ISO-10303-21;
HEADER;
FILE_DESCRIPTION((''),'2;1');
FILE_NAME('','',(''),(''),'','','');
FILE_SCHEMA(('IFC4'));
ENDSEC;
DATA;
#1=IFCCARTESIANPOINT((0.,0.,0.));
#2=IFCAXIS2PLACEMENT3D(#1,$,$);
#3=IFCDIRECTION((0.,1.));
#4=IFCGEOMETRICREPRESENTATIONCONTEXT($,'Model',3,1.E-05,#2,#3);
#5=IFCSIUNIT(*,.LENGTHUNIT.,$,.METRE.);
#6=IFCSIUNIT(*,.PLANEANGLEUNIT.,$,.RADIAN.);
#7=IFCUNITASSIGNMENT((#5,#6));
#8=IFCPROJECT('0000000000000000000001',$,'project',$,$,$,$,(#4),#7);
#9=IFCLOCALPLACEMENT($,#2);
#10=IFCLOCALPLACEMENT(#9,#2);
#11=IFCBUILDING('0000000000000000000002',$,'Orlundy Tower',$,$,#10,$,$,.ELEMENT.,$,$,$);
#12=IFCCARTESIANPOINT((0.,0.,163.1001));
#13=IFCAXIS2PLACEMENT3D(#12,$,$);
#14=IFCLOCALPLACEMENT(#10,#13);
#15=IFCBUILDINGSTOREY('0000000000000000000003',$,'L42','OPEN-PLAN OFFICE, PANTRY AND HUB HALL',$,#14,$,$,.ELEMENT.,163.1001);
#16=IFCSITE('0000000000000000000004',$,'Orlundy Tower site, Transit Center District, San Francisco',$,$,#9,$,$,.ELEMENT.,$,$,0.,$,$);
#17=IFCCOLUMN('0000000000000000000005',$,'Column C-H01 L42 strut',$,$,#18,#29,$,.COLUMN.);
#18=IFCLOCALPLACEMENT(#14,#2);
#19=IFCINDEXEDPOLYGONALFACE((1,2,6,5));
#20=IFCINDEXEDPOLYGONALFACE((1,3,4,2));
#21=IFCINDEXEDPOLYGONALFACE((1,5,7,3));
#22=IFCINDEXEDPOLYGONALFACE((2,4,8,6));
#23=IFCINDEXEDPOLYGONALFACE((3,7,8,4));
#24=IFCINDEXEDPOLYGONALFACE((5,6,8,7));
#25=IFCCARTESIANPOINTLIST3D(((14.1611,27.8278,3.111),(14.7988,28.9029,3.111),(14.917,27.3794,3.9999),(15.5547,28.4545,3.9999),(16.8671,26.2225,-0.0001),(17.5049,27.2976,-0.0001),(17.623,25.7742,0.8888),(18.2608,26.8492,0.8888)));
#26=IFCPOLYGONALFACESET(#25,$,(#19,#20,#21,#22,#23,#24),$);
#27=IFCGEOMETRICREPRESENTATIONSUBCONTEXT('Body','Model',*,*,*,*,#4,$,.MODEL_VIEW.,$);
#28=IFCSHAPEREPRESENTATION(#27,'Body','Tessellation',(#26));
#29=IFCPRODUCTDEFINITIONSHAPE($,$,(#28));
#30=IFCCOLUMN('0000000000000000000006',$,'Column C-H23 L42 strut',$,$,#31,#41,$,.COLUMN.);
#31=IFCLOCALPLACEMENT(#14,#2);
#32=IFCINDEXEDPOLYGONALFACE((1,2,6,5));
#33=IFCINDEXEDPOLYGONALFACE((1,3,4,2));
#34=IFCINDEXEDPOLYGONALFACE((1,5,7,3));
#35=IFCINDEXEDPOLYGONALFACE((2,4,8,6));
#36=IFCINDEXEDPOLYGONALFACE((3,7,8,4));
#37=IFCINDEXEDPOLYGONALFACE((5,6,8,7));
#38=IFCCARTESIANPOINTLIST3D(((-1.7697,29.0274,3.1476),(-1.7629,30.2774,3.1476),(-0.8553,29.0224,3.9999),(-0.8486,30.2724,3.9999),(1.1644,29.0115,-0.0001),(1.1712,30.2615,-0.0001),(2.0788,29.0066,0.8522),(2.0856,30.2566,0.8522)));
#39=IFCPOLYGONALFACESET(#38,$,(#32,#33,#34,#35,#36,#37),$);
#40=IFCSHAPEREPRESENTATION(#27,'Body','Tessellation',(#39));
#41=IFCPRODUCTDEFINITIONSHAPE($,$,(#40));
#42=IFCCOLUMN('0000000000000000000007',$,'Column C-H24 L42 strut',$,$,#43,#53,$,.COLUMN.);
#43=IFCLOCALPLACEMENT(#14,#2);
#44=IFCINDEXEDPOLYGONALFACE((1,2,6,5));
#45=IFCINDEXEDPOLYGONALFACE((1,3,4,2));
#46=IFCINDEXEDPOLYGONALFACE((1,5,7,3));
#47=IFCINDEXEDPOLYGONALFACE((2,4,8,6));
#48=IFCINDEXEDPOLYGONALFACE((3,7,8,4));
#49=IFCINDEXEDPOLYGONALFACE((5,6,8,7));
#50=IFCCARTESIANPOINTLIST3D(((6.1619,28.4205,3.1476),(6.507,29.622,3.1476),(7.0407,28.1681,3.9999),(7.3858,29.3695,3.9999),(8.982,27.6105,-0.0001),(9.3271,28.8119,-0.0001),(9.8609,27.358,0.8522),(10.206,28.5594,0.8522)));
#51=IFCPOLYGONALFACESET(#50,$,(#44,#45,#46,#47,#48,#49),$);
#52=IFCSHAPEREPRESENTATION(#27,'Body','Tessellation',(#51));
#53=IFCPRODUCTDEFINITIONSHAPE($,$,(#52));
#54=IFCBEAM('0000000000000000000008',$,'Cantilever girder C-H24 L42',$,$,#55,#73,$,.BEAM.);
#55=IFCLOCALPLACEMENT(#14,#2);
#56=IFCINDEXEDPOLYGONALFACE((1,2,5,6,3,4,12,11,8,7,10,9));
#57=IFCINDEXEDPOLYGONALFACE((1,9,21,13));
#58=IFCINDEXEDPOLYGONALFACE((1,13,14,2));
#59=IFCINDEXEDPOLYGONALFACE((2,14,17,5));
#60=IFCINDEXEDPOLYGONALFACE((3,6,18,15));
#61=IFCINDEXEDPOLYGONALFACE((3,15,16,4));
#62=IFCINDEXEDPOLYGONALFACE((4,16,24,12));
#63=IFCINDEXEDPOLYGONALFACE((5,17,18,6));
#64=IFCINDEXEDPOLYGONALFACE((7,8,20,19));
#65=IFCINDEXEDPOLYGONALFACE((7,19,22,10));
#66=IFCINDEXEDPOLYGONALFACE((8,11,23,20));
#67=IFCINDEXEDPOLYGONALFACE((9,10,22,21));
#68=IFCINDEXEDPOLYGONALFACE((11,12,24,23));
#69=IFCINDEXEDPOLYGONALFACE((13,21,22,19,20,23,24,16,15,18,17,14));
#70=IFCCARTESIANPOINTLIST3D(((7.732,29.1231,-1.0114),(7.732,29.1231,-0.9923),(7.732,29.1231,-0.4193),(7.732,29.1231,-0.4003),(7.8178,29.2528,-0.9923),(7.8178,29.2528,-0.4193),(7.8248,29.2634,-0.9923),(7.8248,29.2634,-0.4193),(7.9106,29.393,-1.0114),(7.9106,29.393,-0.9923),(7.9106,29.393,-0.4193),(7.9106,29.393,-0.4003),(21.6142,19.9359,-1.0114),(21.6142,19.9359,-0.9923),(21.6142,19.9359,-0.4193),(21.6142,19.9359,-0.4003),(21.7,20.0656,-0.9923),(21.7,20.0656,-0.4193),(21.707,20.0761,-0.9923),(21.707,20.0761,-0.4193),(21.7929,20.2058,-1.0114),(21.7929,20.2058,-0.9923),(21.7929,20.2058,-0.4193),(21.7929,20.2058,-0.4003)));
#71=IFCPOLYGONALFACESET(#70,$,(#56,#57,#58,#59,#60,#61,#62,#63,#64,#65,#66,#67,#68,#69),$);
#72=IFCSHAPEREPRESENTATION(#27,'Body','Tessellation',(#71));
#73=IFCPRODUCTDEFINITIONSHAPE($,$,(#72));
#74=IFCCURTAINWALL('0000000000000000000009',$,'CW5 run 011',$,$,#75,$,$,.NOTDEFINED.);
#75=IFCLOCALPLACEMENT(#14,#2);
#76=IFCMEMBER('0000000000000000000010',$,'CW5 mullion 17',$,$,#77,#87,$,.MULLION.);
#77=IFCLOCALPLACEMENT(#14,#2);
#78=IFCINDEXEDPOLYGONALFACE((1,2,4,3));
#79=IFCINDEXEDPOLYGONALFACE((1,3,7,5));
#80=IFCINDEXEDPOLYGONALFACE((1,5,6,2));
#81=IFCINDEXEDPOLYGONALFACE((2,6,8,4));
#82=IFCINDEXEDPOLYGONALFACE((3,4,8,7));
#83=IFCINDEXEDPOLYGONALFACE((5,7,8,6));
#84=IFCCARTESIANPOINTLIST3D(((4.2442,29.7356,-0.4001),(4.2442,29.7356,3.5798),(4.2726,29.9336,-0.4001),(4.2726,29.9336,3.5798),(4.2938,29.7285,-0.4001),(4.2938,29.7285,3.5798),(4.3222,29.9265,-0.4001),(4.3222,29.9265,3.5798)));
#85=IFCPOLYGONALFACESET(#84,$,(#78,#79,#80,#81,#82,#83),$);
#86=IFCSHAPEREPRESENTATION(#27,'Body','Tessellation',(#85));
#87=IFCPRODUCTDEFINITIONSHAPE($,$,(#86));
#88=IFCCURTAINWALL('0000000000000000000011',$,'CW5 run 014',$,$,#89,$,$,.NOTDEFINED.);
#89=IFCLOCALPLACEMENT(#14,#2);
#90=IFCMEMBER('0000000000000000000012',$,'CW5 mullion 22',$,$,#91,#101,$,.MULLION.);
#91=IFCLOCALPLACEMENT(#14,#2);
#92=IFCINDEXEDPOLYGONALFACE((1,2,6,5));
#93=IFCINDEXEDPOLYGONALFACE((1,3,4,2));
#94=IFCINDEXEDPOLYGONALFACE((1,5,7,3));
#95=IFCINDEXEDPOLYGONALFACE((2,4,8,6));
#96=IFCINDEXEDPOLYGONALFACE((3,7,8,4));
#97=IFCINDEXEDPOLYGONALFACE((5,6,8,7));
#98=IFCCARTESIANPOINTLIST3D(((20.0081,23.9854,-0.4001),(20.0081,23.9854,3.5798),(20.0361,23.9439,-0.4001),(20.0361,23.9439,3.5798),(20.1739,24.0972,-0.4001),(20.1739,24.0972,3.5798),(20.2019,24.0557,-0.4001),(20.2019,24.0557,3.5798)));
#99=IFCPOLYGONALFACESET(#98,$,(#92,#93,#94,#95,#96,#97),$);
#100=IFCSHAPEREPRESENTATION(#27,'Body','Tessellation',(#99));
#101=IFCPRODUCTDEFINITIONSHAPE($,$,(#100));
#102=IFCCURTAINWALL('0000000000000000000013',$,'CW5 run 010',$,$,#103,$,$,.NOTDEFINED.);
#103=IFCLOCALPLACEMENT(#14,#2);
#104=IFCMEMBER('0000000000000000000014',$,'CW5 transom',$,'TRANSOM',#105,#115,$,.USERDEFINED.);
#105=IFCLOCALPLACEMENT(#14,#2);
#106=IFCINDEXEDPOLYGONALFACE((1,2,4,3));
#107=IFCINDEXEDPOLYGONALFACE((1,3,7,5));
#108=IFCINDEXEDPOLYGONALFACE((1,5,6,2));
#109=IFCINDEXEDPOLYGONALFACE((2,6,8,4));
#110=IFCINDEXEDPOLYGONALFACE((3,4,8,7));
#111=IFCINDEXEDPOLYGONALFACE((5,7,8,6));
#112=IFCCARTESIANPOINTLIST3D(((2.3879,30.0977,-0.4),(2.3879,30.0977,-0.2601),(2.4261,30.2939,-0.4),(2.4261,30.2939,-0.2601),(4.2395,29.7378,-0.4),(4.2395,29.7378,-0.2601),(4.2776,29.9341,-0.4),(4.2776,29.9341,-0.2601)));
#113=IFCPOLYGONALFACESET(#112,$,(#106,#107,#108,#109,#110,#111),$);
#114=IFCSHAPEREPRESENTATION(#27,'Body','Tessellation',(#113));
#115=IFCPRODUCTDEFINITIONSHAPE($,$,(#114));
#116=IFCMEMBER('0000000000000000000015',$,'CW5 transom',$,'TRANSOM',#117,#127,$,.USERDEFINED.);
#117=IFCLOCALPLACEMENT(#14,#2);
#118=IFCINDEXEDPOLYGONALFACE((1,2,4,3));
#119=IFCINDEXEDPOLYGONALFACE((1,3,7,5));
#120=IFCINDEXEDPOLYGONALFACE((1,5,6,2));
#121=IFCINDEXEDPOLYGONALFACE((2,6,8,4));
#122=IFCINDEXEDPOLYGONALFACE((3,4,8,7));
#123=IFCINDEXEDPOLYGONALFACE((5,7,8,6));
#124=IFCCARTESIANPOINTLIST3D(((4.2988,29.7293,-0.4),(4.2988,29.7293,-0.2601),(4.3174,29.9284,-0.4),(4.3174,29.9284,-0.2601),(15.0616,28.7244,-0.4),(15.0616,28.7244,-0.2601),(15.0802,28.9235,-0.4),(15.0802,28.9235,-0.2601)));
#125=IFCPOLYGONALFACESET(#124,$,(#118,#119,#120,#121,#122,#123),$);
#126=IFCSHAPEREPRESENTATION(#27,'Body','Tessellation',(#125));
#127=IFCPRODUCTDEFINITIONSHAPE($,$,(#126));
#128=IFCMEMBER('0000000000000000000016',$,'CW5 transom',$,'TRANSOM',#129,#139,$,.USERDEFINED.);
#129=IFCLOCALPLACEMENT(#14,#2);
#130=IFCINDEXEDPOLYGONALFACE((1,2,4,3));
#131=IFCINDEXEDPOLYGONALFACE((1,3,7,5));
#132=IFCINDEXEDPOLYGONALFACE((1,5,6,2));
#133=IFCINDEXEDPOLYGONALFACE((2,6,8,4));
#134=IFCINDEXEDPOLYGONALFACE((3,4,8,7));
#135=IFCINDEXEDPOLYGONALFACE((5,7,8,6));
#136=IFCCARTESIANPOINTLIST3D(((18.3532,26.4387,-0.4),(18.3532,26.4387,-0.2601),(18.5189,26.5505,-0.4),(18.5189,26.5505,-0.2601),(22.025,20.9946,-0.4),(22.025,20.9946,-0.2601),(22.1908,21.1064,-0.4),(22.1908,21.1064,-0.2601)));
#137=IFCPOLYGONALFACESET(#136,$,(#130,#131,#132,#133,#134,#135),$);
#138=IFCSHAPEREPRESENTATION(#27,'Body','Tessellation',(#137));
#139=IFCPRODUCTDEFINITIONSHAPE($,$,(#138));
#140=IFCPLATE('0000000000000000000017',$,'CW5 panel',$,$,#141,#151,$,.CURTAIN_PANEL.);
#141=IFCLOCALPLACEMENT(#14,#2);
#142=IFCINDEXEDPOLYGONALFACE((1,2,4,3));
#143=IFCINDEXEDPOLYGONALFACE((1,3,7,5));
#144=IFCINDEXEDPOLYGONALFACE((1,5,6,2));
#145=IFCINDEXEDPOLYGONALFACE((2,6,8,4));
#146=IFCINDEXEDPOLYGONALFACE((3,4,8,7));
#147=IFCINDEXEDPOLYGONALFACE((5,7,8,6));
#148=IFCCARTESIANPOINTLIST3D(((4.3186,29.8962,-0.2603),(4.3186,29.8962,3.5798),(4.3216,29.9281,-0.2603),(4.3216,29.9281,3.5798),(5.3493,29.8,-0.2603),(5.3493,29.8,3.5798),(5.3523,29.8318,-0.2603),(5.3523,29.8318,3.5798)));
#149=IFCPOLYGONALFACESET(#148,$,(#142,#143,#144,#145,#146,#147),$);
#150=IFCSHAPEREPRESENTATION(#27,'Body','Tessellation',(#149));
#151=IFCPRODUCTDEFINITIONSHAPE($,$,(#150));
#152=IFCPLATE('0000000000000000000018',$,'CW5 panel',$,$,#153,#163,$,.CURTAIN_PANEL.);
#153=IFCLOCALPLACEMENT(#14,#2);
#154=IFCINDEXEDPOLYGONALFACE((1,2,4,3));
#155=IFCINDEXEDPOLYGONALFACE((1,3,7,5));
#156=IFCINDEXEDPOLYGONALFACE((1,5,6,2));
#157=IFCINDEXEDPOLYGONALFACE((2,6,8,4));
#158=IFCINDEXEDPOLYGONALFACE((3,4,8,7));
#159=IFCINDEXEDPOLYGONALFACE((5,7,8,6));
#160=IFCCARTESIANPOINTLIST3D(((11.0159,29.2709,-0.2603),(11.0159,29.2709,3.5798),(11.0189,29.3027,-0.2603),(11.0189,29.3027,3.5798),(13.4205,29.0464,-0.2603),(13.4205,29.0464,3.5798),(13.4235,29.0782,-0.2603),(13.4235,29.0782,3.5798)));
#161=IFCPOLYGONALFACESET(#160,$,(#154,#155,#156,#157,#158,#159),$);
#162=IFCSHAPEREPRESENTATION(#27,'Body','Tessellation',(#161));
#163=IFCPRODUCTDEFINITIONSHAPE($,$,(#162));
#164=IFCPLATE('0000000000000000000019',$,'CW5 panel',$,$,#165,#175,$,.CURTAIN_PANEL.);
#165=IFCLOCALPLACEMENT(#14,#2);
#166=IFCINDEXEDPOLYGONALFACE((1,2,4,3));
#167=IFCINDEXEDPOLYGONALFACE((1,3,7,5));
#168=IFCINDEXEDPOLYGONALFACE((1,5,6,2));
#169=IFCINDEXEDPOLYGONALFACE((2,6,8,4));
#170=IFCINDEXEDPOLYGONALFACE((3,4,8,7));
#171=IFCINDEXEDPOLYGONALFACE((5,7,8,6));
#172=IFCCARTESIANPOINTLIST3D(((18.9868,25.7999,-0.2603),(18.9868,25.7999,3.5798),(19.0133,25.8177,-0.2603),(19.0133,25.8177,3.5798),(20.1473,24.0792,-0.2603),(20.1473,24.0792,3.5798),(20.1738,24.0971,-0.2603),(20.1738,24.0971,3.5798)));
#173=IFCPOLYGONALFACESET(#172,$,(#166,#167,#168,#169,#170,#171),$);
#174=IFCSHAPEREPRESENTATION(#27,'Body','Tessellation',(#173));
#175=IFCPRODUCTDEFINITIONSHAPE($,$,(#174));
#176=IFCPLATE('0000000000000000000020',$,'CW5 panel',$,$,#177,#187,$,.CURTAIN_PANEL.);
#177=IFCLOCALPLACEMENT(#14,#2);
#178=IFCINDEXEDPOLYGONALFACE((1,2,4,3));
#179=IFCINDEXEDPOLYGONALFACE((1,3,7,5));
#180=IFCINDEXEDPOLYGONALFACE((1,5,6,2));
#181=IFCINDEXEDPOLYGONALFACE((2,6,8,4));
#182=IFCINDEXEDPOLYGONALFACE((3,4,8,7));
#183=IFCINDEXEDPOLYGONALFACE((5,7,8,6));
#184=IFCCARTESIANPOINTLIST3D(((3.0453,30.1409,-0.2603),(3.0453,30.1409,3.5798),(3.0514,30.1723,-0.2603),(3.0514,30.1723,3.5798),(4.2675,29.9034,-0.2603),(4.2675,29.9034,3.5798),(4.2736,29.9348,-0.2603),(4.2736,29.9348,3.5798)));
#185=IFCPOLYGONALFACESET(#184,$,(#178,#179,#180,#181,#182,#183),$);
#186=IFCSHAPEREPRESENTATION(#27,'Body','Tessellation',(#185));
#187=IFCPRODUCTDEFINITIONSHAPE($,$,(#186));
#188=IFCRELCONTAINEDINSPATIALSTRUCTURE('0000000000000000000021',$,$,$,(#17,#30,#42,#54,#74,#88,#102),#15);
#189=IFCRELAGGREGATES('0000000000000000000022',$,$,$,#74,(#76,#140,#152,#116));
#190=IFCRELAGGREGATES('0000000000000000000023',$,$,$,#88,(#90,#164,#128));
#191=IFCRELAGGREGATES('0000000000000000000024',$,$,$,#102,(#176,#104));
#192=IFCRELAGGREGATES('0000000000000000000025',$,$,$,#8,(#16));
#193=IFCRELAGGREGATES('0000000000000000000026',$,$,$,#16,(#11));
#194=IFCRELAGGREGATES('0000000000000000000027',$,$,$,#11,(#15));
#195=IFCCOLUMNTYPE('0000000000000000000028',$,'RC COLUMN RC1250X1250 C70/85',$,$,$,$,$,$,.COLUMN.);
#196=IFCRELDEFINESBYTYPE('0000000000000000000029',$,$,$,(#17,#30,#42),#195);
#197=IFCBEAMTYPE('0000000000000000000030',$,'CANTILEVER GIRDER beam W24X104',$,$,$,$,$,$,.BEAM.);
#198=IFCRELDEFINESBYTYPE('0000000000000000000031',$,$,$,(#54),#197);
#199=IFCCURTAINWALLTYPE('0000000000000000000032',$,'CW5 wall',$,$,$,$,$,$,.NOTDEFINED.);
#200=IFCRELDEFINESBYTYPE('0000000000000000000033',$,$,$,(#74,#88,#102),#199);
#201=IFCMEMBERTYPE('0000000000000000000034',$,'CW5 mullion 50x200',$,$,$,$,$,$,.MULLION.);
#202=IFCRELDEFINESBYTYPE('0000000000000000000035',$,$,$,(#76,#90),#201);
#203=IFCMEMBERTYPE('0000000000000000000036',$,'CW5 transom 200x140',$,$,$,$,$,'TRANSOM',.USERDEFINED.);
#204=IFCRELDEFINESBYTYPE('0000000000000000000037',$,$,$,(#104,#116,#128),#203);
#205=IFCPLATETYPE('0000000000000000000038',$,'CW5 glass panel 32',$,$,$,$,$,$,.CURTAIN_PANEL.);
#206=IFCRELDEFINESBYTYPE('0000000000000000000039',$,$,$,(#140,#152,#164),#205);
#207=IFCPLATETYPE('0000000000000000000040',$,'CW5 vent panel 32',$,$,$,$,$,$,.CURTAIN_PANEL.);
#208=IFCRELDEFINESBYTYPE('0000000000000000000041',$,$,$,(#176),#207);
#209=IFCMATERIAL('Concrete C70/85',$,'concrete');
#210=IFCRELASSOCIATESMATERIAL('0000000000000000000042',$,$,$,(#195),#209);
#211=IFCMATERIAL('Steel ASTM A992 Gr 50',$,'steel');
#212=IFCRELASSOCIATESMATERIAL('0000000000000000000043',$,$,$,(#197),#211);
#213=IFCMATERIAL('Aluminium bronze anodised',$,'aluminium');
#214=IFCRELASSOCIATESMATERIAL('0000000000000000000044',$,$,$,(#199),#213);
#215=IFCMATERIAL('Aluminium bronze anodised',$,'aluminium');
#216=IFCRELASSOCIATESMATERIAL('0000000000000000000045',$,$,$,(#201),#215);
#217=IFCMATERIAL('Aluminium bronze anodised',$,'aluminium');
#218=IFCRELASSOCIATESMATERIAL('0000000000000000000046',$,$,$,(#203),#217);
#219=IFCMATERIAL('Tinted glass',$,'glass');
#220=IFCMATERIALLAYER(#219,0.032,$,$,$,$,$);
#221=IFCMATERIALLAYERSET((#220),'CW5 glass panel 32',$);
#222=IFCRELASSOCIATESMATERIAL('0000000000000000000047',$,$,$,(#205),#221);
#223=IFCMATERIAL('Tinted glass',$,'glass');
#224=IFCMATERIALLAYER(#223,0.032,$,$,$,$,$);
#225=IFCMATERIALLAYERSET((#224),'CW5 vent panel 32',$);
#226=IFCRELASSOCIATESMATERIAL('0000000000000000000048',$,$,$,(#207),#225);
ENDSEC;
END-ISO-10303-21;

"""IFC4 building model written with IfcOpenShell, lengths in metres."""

from ifc_helpers import new_model, si_unit, direction, frame, origin, origin_2d, place, context, subcontext, project, spatial, rectangle, i_section, extrude, material, layer, layer_set, material_profile, profile_set, type_object, element, aggregate, save


model = new_model("IFC4")

# Units and contexts
model_context = context("Model", 3, precision=1e-05, world=origin(), true_north=direction((0.0, 1.0)))
body_context = subcontext(model_context, "Body", "Model", "MODEL_VIEW")
ifc_project = project(units=[si_unit("LENGTHUNIT", "METRE"), si_unit("PLANEANGLEUNIT", "RADIAN")], contexts=[model_context])

# Site, building, storey
site_placement = place(None, origin())
site = spatial("IfcSite", under=ifc_project, at=site_placement, Name="Orlundy Tower site, Transit Center District, San Francisco", CompositionType="ELEMENT", RefElevation=0.0)
building_placement = place(site_placement, origin())
building = spatial("IfcBuilding", under=site, at=building_placement, Name="Orlundy Tower", CompositionType="ELEMENT")
storey_placement = place(building_placement, frame((0.0, 0.0, 163.1001)))
storey = spatial("IfcBuildingStorey", under=building, at=storey_placement, Name="L42", Description="OPEN-PLAN OFFICE, PANTRY AND HUB HALL", CompositionType="ELEMENT", Elevation=163.1001)

# Columns
ifc_material_1 = material(Name="Concrete C70/85", Category="concrete")
ifc_material_profile_1 = material_profile(ifc_material_1, rectangle(XDim=1.25, YDim=1.25, at=origin_2d()), Name="RC1250X1250")
ifc_profile_set_1 = profile_set([ifc_material_profile_1], Name="Concrete C70/85")
column_type = type_object("IfcColumnType", Name="RC COLUMN RC1250X1250 C70/85", PredefinedType="COLUMN", material=ifc_profile_set_1)
column_placement = place(storey_placement, frame((17.564, 26.5359, 0.4443), z_axis=(-0.611574, 0.362784, 0.703111), x_axis=(-0.510187, -0.860063, 0.0)))
element("IfcColumn", 1, at=column_placement, inside=storey, type_object=column_type, Name="Column C-H01 L42 strut", PredefinedType="COLUMN", context=body_context, shape_type="SweptSolid", body=[
    extrude(rectangle(XDim=1.25, YDim=1.25, at=origin_2d()), origin(), (0.0, 0.0, 1.0), 4.4248),
])
for number, where, z_axis, x_axis, name in (
    (2, (1.625, 29.634, 0.426), (-0.681844, 0.003688, 0.731488), (-0.005408, -0.999985, 0.0), "Column C-H23 L42 strut"),
    (3, (9.594, 28.085, 0.426), (-0.655351, 0.188248, 0.73149), (-0.276084, -0.961134, 0.0), "Column C-H24 L42 strut"),
):
    element("IfcColumn", number, at=place(storey_placement, frame(where, z_axis=z_axis, x_axis=x_axis)), inside=storey, type_object=column_type, Name=name, PredefinedType="COLUMN", context=body_context, shape_type="SweptSolid", body=[
        extrude(rectangle(XDim=1.25, YDim=1.25, at=origin_2d()), origin(), (0.0, 0.0, 1.0), 4.3032),
    ])

# Beam
ifc_material_2 = material(Name="Steel ASTM A992 Gr 50", Category="steel")
ifc_material_profile_2 = material_profile(ifc_material_2, i_section(OverallWidth=0.3237, OverallDepth=0.6111, WebThickness=0.0127, FlangeThickness=0.019, at=origin_2d()), Name="W24X104")
ifc_profile_set_2 = profile_set([ifc_material_profile_2], Name="Steel ASTM A992 Gr 50")
beam_type = type_object("IfcBeamType", Name="CANTILEVER GIRDER beam W24X104", PredefinedType="BEAM", material=ifc_profile_set_2)
beam_placement = place(storey_placement, frame((7.8213, 29.2581, -0.7058), z_axis=(0.83392, -0.551885, 0.0), x_axis=(0.551885, 0.83392, 0.0)))
element("IfcBeam", 4, at=beam_placement, inside=storey, type_object=beam_type, Name="Cantilever girder C-H24 L42", PredefinedType="BEAM", context=body_context, shape_type="SweptSolid", body=[
    extrude(i_section(OverallWidth=0.3237, OverallDepth=0.6111, WebThickness=0.0127, FlangeThickness=0.019, at=origin_2d()), origin(), (0.0, 0.0, 1.0), 16.647),
])

# Curtain walls, members
ifc_material_3 = material(Name="Aluminium bronze anodised", Category="aluminium")
curtain_wall_type = type_object("IfcCurtainWallType", Name="CW5 wall", PredefinedType="NOTDEFINED", material=ifc_material_3)
curtain_wall_1_placement = place(storey_placement, origin())
curtain_wall_1 = element("IfcCurtainWall", 5, at=curtain_wall_1_placement, inside=storey, type_object=curtain_wall_type, Name="CW5 run 011", PredefinedType="NOTDEFINED")
ifc_material_4 = material(Name="Aluminium bronze anodised", Category="aluminium")
ifc_material_profile_3 = material_profile(ifc_material_4, rectangle(XDim=0.2, YDim=0.05, at=origin_2d()), Name="CW5 mullion 50x200")
ifc_profile_set_3 = profile_set([ifc_material_profile_3], Name="Aluminium bronze anodised")
member_type_1 = type_object("IfcMemberType", Name="CW5 mullion 50x200", PredefinedType="MULLION", material=ifc_profile_set_3)
member_1_placement = place(storey_placement, frame((4.2832, 29.8311, -0.4001), z_axis=(0.0, 0.0, 1.0), x_axis=(0.142051, 0.989859, 0.0)))
member_1 = element("IfcMember", 6, at=member_1_placement, type_object=member_type_1, Name="CW5 mullion 17", PredefinedType="MULLION", context=body_context, shape_type="SweptSolid", body=[
    extrude(rectangle(XDim=0.2, YDim=0.05, at=origin_2d()), origin(), (0.0, 0.0, 1.0), 3.98),
])
curtain_wall_2_placement = place(storey_placement, origin())
curtain_wall_2 = element("IfcCurtainWall", 7, at=curtain_wall_2_placement, inside=storey, type_object=curtain_wall_type, Name="CW5 run 014", PredefinedType="NOTDEFINED")
member_2_placement = place(storey_placement, frame((20.105, 24.0205, -0.4001), z_axis=(0.0, 0.0, 1.0), x_axis=(0.829048, 0.559178, 0.0)))
member_2 = element("IfcMember", 8, at=member_2_placement, type_object=member_type_1, Name="CW5 mullion 22", PredefinedType="MULLION", context=body_context, shape_type="SweptSolid", body=[
    extrude(rectangle(XDim=0.2, YDim=0.05, at=origin_2d()), origin(), (0.0, 0.0, 1.0), 3.98),
])
curtain_wall_3_placement = place(storey_placement, origin())
curtain_wall_3 = element("IfcCurtainWall", 9, at=curtain_wall_3_placement, inside=storey, type_object=curtain_wall_type, Name="CW5 run 010", PredefinedType="NOTDEFINED")
ifc_material_5 = material(Name="Aluminium bronze anodised", Category="aluminium")
ifc_material_profile_4 = material_profile(ifc_material_5, rectangle(XDim=0.2, YDim=0.1399, at=origin_2d()), Name="CW5 transom 200x140")
ifc_profile_set_4 = profile_set([ifc_material_profile_4], Name="Aluminium bronze anodised")
member_type_2 = type_object("IfcMemberType", Name="CW5 transom 200x140", ElementType="TRANSOM", PredefinedType="USERDEFINED", material=ifc_profile_set_4)
member_3_placement = place(storey_placement, frame((2.407, 30.1958, -0.3301), z_axis=(0.981632, -0.190787, 0.0), x_axis=(0.190787, 0.981632, 0.0)))
member_3 = element("IfcMember", 10, at=member_3_placement, type_object=member_type_2, Name="CW5 transom", ObjectType="TRANSOM", PredefinedType="USERDEFINED", context=body_context, shape_type="SweptSolid", body=[
    extrude(rectangle(XDim=0.2, YDim=0.1399, at=origin_2d()), origin(), (0.0, 0.0, 1.0), 1.8862),
])

# Members
member_4_placement = place(storey_placement, frame((4.3081, 29.8289, -0.3301), z_axis=(0.99567, -0.092963, 0.0), x_axis=(0.092963, 0.99567, 0.0)))
member_4 = element("IfcMember", 11, at=member_4_placement, type_object=member_type_2, Name="CW5 transom", ObjectType="TRANSOM", PredefinedType="USERDEFINED", context=body_context, shape_type="SweptSolid", body=[
    extrude(rectangle(XDim=0.2, YDim=0.1399, at=origin_2d()), origin(), (0.0, 0.0, 1.0), 10.8096),
])
member_5_placement = place(storey_placement, frame((18.436, 26.4946, -0.3301), z_axis=(0.559171, -0.829052, 0.0), x_axis=(0.829052, 0.559171, 0.0)))
member_5 = element("IfcMember", 12, at=member_5_placement, type_object=member_type_2, Name="CW5 transom", ObjectType="TRANSOM", PredefinedType="USERDEFINED", context=body_context, shape_type="SweptSolid", body=[
    extrude(rectangle(XDim=0.2, YDim=0.1399, at=origin_2d()), origin(), (0.0, 0.0, 1.0), 6.5667),
])

# Plates
ifc_material_6 = material(Name="Tinted glass", Category="glass")
ifc_layer_1 = layer(ifc_material_6, 0.032)
ifc_layer_set_1 = layer_set([ifc_layer_1], Name="CW5 glass panel 32")
plate_type_1 = type_object("IfcPlateType", Name="CW5 glass panel 32", PredefinedType="CURTAIN_PANEL", material=ifc_layer_set_1)
plate_1_placement = place(storey_placement, frame((4.8354, 29.864, -0.2603), z_axis=(0.0, 0.0, 1.0), x_axis=(0.995669, -0.092967, 0.0)))
plate_1 = element("IfcPlate", 13, at=plate_1_placement, type_object=plate_type_1, Name="CW5 panel", PredefinedType="CURTAIN_PANEL", context=body_context, shape_type="SweptSolid", body=[
    extrude(rectangle(XDim=1.0352, YDim=0.032, at=origin_2d()), origin(), (0.0, 0.0, 1.0), 3.8401),
])
plate_2_placement = place(storey_placement, frame((12.2197, 29.1746, -0.2603), z_axis=(0.0, 0.0, 1.0), x_axis=(0.995669, -0.092967, 0.0)))
plate_2 = element("IfcPlate", 14, at=plate_2_placement, type_object=plate_type_1, Name="CW5 panel", PredefinedType="CURTAIN_PANEL", context=body_context, shape_type="SweptSolid", body=[
    extrude(rectangle(XDim=2.415, YDim=0.032, at=origin_2d()), origin(), (0.0, 0.0, 1.0), 3.8401),
])
aggregate(curtain_wall_1, [member_1, plate_1, plate_2, member_4])
plate_3_placement = place(storey_placement, frame((19.5803, 24.9485, -0.2603), z_axis=(0.0, 0.0, 1.0), x_axis=(0.559178, -0.829048, 0.0)))
plate_3 = element("IfcPlate", 15, at=plate_3_placement, type_object=plate_type_1, Name="CW5 panel", PredefinedType="CURTAIN_PANEL", context=body_context, shape_type="SweptSolid", body=[
    extrude(rectangle(XDim=2.0754, YDim=0.032, at=origin_2d()), origin(), (0.0, 0.0, 1.0), 3.8401),
])
aggregate(curtain_wall_2, [member_2, plate_3, member_5])
ifc_material_7 = material(Name="Tinted glass", Category="glass")
ifc_layer_2 = layer(ifc_material_7, 0.032)
ifc_layer_set_2 = layer_set([ifc_layer_2], Name="CW5 vent panel 32")
plate_type_2 = type_object("IfcPlateType", Name="CW5 vent panel 32", PredefinedType="CURTAIN_PANEL", material=ifc_layer_set_2)
plate_4_placement = place(storey_placement, frame((3.6594, 30.0378, -0.2603), z_axis=(0.0, 0.0, 1.0), x_axis=(0.981631, -0.190789, 0.0)))
plate_4 = element("IfcPlate", 16, at=plate_4_placement, type_object=plate_type_2, Name="CW5 panel", PredefinedType="CURTAIN_PANEL", context=body_context, shape_type="SweptSolid", body=[
    extrude(rectangle(XDim=1.2451, YDim=0.032, at=origin_2d()), origin(), (0.0, 0.0, 1.0), 3.8401),
])
aggregate(curtain_wall_3, [plate_4, member_3])

save(model, "model.ifc")
